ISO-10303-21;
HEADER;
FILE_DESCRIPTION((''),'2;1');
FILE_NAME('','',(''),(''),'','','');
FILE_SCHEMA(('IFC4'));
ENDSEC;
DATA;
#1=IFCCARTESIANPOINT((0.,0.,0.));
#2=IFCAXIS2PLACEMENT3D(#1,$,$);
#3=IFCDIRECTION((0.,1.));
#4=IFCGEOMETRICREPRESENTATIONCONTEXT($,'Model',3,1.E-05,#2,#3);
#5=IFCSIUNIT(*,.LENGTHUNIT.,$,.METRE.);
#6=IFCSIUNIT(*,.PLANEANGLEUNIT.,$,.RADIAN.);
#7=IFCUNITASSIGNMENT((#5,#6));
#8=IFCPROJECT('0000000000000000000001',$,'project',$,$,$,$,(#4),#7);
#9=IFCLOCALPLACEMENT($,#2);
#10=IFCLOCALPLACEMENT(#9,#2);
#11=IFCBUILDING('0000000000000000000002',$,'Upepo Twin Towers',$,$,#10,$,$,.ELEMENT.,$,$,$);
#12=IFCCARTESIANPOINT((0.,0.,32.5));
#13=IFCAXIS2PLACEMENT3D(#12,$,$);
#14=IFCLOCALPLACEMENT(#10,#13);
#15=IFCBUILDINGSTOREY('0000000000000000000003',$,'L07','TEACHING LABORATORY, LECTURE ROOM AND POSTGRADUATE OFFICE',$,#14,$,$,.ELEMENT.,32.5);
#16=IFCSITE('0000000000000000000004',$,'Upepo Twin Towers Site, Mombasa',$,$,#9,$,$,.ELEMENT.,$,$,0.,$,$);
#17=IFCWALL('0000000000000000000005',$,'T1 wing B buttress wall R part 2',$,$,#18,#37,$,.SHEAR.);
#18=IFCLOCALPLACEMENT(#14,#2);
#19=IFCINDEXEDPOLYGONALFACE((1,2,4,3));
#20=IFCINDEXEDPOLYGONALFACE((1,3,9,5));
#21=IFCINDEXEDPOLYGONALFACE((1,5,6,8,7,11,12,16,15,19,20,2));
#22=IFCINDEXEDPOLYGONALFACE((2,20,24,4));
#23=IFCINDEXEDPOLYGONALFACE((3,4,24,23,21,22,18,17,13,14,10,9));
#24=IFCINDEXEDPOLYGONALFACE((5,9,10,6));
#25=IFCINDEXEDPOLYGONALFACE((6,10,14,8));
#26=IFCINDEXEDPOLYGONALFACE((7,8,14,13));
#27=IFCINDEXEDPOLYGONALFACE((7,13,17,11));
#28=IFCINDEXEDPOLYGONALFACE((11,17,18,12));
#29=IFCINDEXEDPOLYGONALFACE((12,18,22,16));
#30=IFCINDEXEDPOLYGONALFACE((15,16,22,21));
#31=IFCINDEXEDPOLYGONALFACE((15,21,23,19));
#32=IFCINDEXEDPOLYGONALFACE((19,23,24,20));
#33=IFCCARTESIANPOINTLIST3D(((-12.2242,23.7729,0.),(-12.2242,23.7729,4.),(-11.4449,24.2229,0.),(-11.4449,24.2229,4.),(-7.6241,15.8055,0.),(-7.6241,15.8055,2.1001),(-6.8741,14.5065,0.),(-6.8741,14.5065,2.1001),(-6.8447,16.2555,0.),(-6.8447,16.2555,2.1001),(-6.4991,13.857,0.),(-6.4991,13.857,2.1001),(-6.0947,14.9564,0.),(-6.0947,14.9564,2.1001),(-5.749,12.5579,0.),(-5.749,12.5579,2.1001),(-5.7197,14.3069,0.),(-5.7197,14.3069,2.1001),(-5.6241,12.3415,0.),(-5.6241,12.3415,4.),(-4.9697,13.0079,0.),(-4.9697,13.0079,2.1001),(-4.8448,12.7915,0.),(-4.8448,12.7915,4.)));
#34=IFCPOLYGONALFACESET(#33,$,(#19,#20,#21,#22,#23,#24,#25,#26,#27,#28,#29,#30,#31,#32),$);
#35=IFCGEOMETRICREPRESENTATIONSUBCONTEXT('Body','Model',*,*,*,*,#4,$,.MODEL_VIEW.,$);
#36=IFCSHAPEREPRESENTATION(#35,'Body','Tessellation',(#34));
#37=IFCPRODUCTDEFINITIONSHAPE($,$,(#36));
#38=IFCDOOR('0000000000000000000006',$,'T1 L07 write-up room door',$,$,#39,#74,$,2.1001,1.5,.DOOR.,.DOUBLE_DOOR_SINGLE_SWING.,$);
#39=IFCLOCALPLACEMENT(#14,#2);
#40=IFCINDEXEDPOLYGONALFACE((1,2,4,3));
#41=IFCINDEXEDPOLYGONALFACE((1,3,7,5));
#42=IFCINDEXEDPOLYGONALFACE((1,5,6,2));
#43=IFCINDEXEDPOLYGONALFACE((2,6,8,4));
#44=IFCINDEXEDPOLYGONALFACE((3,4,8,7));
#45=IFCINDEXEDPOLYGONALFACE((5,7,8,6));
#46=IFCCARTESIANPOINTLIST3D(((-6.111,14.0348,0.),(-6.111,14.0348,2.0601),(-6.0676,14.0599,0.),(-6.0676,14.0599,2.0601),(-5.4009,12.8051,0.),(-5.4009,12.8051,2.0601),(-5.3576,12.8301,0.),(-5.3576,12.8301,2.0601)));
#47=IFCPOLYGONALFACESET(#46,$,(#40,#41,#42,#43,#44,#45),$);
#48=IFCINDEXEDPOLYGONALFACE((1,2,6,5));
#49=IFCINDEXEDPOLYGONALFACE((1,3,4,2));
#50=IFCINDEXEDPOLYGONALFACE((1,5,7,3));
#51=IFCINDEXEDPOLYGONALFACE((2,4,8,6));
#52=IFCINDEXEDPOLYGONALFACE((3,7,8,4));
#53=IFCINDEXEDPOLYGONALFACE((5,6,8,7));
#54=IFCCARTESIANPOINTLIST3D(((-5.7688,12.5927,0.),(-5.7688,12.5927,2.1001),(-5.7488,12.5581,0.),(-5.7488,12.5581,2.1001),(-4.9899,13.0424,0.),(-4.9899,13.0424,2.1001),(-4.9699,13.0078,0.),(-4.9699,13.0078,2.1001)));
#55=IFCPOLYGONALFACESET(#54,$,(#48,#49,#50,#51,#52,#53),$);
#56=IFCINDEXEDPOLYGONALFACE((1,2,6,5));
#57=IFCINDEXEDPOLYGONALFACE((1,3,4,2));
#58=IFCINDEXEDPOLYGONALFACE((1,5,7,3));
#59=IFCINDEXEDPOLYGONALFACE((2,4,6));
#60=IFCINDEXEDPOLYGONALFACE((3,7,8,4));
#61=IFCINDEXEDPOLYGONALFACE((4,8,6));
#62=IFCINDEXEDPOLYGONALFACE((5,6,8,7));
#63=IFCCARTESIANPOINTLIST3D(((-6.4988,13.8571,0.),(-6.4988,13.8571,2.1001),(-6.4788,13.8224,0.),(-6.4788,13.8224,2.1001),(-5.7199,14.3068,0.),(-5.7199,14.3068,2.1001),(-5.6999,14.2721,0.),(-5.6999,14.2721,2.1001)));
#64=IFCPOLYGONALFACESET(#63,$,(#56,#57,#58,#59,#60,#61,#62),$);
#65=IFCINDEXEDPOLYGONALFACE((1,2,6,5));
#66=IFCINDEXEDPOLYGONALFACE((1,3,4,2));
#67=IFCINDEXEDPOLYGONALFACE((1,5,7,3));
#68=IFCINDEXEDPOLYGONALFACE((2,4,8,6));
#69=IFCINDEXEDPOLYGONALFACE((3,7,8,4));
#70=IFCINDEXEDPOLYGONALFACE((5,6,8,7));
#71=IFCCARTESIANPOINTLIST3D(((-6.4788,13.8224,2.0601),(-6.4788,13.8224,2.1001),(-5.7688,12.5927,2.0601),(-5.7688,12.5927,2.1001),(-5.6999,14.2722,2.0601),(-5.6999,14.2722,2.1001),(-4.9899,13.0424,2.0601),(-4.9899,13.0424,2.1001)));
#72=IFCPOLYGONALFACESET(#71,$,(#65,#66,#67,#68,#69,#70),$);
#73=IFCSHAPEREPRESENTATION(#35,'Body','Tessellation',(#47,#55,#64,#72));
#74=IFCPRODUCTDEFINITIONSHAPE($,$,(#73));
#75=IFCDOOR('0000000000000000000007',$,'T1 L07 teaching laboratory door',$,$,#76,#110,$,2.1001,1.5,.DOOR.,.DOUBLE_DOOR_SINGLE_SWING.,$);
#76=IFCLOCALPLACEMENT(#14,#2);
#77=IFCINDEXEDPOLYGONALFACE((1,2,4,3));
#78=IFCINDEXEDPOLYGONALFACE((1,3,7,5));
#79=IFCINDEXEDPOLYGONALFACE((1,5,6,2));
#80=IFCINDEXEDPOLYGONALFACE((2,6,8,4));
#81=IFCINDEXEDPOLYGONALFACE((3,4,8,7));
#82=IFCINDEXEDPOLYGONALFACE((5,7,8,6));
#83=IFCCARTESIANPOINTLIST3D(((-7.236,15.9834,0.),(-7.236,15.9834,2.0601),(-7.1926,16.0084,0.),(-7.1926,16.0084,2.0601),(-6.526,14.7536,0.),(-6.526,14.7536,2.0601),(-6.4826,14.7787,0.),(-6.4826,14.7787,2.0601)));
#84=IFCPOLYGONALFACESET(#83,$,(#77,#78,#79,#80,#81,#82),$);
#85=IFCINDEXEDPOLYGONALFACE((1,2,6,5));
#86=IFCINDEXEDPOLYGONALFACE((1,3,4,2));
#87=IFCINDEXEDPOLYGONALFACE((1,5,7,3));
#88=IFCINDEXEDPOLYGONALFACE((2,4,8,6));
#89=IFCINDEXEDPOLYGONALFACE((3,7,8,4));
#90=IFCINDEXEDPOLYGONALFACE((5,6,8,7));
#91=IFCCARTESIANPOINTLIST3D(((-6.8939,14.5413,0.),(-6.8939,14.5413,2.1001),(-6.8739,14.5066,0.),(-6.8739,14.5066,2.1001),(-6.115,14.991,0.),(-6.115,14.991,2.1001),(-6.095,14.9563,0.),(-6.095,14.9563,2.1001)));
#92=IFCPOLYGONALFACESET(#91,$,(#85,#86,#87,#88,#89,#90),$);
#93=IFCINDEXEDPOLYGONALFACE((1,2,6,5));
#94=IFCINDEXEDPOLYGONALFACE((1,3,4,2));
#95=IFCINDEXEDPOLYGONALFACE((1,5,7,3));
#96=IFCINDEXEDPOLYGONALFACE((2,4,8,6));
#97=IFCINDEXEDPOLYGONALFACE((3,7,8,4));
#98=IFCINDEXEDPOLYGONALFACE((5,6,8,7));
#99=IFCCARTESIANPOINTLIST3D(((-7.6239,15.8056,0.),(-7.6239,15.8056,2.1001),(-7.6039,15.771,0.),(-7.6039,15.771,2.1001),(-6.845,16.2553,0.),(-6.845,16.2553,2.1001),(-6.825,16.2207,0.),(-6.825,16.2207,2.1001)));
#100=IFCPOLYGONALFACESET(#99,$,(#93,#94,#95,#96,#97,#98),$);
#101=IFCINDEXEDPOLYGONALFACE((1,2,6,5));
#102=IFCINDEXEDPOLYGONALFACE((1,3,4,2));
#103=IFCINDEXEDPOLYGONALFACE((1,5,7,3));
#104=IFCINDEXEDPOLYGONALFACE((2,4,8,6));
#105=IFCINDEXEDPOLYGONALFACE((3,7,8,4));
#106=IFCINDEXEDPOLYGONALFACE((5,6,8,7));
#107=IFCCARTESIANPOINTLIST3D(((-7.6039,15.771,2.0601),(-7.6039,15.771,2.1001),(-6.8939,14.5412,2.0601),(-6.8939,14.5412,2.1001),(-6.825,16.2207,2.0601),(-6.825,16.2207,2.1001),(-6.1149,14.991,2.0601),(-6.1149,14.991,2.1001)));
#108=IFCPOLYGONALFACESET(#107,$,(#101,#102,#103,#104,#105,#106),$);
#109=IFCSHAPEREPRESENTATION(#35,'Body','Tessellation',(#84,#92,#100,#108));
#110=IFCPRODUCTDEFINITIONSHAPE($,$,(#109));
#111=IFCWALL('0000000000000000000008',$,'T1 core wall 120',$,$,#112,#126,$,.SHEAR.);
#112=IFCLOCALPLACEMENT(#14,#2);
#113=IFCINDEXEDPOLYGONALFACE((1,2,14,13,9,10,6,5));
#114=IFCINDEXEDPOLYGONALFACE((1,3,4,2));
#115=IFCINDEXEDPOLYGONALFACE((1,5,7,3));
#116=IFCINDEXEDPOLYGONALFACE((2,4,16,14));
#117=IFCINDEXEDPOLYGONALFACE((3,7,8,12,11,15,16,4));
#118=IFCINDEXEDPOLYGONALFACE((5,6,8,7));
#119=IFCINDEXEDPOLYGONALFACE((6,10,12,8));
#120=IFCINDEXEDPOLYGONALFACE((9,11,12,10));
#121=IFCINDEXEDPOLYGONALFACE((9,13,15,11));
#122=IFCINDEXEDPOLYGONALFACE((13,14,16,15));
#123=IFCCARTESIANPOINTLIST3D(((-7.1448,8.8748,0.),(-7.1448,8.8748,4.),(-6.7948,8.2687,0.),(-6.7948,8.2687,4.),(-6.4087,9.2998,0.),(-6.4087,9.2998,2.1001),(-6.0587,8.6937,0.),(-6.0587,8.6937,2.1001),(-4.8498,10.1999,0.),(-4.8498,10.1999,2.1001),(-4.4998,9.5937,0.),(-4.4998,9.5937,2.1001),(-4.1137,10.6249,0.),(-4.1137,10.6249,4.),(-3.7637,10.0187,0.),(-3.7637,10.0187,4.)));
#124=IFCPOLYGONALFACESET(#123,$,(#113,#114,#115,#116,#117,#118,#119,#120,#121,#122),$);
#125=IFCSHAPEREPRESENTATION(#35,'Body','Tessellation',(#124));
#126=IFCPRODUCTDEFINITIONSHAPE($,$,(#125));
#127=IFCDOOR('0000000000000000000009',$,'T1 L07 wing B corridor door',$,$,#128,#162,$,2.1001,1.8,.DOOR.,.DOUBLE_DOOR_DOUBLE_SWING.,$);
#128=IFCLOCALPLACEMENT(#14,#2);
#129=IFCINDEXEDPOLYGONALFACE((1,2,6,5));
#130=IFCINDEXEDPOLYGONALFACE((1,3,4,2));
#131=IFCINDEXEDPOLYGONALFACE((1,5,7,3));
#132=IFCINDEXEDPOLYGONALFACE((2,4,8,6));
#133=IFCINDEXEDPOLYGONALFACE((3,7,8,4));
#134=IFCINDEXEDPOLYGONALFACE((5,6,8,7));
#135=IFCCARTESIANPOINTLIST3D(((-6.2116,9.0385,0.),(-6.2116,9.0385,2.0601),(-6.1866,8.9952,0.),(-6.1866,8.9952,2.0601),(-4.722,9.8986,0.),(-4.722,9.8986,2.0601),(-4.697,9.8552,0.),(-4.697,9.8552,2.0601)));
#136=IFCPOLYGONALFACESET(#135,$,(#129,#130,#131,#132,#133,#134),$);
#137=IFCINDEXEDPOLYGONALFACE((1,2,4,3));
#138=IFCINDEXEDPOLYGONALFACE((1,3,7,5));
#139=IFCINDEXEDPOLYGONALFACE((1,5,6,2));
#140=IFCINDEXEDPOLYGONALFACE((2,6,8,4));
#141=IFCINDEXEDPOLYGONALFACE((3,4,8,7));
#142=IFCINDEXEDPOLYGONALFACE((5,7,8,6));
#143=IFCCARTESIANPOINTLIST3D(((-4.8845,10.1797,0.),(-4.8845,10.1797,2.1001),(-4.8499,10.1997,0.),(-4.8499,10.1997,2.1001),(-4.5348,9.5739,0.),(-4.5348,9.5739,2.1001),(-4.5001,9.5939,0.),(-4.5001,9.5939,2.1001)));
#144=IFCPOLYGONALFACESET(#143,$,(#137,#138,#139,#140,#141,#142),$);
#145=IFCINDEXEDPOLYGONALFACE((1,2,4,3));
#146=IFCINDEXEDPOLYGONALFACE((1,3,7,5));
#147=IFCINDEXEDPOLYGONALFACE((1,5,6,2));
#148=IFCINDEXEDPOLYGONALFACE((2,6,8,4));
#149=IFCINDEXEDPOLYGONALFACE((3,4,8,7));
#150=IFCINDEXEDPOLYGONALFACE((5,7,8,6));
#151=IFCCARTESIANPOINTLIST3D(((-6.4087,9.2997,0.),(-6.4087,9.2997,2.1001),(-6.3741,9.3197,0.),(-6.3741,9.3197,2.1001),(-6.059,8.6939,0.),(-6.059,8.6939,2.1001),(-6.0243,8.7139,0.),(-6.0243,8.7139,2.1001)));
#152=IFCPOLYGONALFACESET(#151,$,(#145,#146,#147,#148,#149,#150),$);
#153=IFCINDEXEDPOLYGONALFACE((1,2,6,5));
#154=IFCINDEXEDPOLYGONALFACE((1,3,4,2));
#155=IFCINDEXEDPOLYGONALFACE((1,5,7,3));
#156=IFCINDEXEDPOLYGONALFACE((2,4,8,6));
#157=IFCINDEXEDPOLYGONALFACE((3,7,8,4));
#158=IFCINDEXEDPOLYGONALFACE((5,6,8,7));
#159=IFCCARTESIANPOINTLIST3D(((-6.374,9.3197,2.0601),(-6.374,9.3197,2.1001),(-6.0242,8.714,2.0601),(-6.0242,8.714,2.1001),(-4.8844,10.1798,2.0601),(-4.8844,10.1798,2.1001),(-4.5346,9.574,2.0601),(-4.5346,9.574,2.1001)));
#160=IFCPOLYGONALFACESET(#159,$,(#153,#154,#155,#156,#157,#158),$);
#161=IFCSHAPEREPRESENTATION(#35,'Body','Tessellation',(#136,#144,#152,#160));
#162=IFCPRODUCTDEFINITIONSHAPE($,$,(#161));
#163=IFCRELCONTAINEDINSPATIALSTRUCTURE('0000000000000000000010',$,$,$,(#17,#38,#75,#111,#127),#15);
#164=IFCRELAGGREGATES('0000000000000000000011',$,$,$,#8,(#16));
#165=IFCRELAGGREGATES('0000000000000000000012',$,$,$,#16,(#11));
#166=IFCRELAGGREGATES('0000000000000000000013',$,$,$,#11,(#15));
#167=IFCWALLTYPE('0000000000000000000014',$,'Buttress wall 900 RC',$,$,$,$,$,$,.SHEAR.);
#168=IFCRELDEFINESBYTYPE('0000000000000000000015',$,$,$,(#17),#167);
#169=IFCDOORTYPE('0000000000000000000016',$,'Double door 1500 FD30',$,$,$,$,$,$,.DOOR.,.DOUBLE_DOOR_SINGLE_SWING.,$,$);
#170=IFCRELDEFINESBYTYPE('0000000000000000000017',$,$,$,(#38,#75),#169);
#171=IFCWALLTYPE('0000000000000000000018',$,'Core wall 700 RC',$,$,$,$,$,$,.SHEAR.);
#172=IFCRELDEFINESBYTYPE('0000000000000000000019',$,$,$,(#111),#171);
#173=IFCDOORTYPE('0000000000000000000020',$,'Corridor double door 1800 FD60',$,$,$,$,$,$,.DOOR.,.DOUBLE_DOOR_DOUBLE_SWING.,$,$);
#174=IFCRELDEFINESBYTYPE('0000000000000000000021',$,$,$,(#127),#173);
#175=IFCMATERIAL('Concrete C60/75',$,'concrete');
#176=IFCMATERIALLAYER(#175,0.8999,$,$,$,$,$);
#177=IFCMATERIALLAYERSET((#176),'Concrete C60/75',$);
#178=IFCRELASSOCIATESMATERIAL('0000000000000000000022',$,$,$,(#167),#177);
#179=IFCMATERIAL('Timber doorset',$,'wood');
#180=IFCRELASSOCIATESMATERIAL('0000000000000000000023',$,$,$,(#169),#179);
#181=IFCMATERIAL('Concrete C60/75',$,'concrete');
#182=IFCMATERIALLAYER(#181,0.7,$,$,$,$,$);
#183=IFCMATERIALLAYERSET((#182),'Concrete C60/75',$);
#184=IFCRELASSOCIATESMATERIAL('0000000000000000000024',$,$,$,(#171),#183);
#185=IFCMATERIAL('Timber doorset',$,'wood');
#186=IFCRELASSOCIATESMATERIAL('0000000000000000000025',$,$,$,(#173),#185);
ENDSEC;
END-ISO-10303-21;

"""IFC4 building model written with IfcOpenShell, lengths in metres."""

from ifc_helpers import new_model, si_unit, direction, frame, frame_2d, origin, place, context, subcontext, project, spatial, rectangle, extrude, material, layer, layer_set, type_object, element, fill, save


model = new_model("IFC4")

# Units and contexts
model_context = context("Model", 3, precision=1e-05, world=origin(), true_north=direction((0.0, 1.0)))
body_context = subcontext(model_context, "Body", "Model", "MODEL_VIEW")
ifc_project = project(units=[si_unit("LENGTHUNIT", "METRE"), si_unit("PLANEANGLEUNIT", "RADIAN")], contexts=[model_context])

# Site, building, storey
site_placement = place(None, origin())
site = spatial("IfcSite", under=ifc_project, at=site_placement, Name="Upepo Twin Towers Site, Mombasa", CompositionType="ELEMENT", RefElevation=0.0)
building_placement = place(site_placement, origin())
building = spatial("IfcBuilding", under=site, at=building_placement, Name="Upepo Twin Towers", CompositionType="ELEMENT")
storey_placement = place(building_placement, frame((0.0, 0.0, 32.5)))
storey = spatial("IfcBuildingStorey", under=building, at=storey_placement, Name="L07", Description="TEACHING LABORATORY, LECTURE ROOM AND POSTGRADUATE OFFICE", CompositionType="ELEMENT", Elevation=32.5)

# Wall, openings, doors
ifc_material_1 = material(Name="Concrete C60/75", Category="concrete")
ifc_layer_1 = layer(ifc_material_1, 0.8999)
ifc_layer_set_1 = layer_set([ifc_layer_1], Name="Concrete C60/75")
wall_type_1 = type_object("IfcWallType", Name="Buttress wall 900 RC", PredefinedType="SHEAR", material=ifc_layer_set_1)
ifc_material_2 = material(Name="Timber doorset", Category="wood")
door_type_1 = type_object("IfcDoorType", Name="Double door 1500 FD30", OperationType="DOUBLE_DOOR_SINGLE_SWING", PredefinedType="DOOR", material=ifc_material_2)
wall_1_placement = place(storey_placement, frame((-5.2344, 12.5664, 0.0), z_axis=(0.0, 0.0, 1.0), x_axis=(-0.50001, 0.86602, 0.0)))
wall_1 = element("IfcWall", 1, at=wall_1_placement, inside=storey, type_object=wall_type_1, Name="T1 wing B buttress wall R part 2", PredefinedType="SHEAR", context=body_context, shape_type="SweptSolid", body=[
    extrude(rectangle(XDim=13.2, YDim=0.8999, at=frame_2d((6.6001, 0.0))), origin(), (0.0, 0.0, 1.0), 4.0),
])
opening_1_placement = place(wall_1_placement, frame((0.25, 0.0, 0.0)))
opening_1 = element("IfcOpeningElement", 2, at=opening_1_placement, cuts=wall_1, PredefinedType="OPENING", context=body_context, shape_type="SweptSolid", body=[
    extrude(rectangle(XDim=1.5, YDim=2.1001, at=frame_2d((0.75, 1.05))), frame((0.0, 0.46, 0.0), z_axis=(0.0, -1.0, 0.0), x_axis=(1.0, 0.0, 0.0)), (0.0, 0.0, 1.0), 0.9199),
])
opening_2_placement = place(wall_1_placement, frame((2.5, 0.0, 0.0)))
opening_2 = element("IfcOpeningElement", 3, at=opening_2_placement, cuts=wall_1, PredefinedType="OPENING", context=body_context, shape_type="SweptSolid", body=[
    extrude(rectangle(XDim=1.5, YDim=2.1001, at=frame_2d((0.75, 1.05))), frame((0.0, 0.46, 0.0), z_axis=(0.0, -1.0, 0.0), x_axis=(1.0, 0.0, 0.0)), (0.0, 0.0, 1.0), 0.9199),
])
door_1_placement = place(opening_1_placement, origin())
door_1 = element("IfcDoor", 4, at=door_1_placement, inside=storey, type_object=door_type_1, Name="T1 L07 write-up room door", OperationType="DOUBLE_DOOR_SINGLE_SWING", OverallHeight=2.1001, OverallWidth=1.5, PredefinedType="DOOR", context=body_context, shape_type="SweptSolid", body=[
    extrude(rectangle(XDim=1.42, YDim=2.0601, at=frame_2d((0.75, 1.03))), frame((0.0, 0.0249, 0.0), z_axis=(0.0, -1.0, 0.0), x_axis=(1.0, 0.0, 0.0)), (0.0, 0.0, 1.0), 0.05),
    extrude(rectangle(XDim=0.04, YDim=2.1001, at=frame_2d((0.02, 1.05))), frame((0.0, 0.4497, 0.0), z_axis=(0.0, -1.0, 0.0), x_axis=(1.0, 0.0, 0.0)), (0.0, 0.0, 1.0), 0.8994),
    extrude(rectangle(XDim=0.04, YDim=2.1001, at=frame_2d((1.48, 1.05))), frame((0.0, 0.4497, 0.0), z_axis=(0.0, -1.0, 0.0), x_axis=(1.0, 0.0, 0.0)), (0.0, 0.0, 1.0), 0.8994),
    extrude(rectangle(XDim=1.42, YDim=0.04, at=frame_2d((0.75, 2.0801))), frame((0.0, 0.4497, 0.0), z_axis=(0.0, -1.0, 0.0), x_axis=(1.0, 0.0, 0.0)), (0.0, 0.0, 1.0), 0.8994),
])
fill(opening_1, door_1)
door_2_placement = place(opening_2_placement, origin())
door_2 = element("IfcDoor", 5, at=door_2_placement, inside=storey, type_object=door_type_1, Name="T1 L07 teaching laboratory door", OperationType="DOUBLE_DOOR_SINGLE_SWING", OverallHeight=2.1001, OverallWidth=1.5, PredefinedType="DOOR", context=body_context, shape_type="SweptSolid", body=[
    extrude(rectangle(XDim=1.42, YDim=2.0601, at=frame_2d((0.75, 1.03))), frame((0.0, 0.0249, 0.0), z_axis=(0.0, -1.0, 0.0), x_axis=(1.0, 0.0, 0.0)), (0.0, 0.0, 1.0), 0.05),
    extrude(rectangle(XDim=0.04, YDim=2.1001, at=frame_2d((0.02, 1.05))), frame((0.0, 0.4497, 0.0), z_axis=(0.0, -1.0, 0.0), x_axis=(1.0, 0.0, 0.0)), (0.0, 0.0, 1.0), 0.8994),
    extrude(rectangle(XDim=0.04, YDim=2.1001, at=frame_2d((1.48, 1.05))), frame((0.0, 0.4497, 0.0), z_axis=(0.0, -1.0, 0.0), x_axis=(1.0, 0.0, 0.0)), (0.0, 0.0, 1.0), 0.8994),
    extrude(rectangle(XDim=1.42, YDim=0.04, at=frame_2d((0.75, 2.0801))), frame((0.0, 0.4497, 0.0), z_axis=(0.0, -1.0, 0.0), x_axis=(1.0, 0.0, 0.0)), (0.0, 0.0, 1.0), 0.8994),
])
fill(opening_2, door_2)

# Wall, opening, door
ifc_material_3 = material(Name="Concrete C60/75", Category="concrete")
ifc_layer_2 = layer(ifc_material_3, 0.7)
ifc_layer_set_2 = layer_set([ifc_layer_2], Name="Concrete C60/75")
wall_type_2 = type_object("IfcWallType", Name="Core wall 700 RC", PredefinedType="SHEAR", material=ifc_layer_set_2)
wall_2_placement = place(storey_placement, frame((-3.9387, 10.3218, 0.0), z_axis=(0.0, 0.0, 1.0), x_axis=(-0.866019, -0.50001, 0.0)))
wall_2 = element("IfcWall", 6, at=wall_2_placement, inside=storey, type_object=wall_type_2, Name="T1 core wall 120", PredefinedType="SHEAR", context=body_context, shape_type="SweptSolid", body=[
    extrude(rectangle(XDim=3.5, YDim=0.7, at=frame_2d((1.75, 0.0))), origin(), (0.0, 0.0, 1.0), 4.0),
])
opening_3_placement = place(wall_2_placement, frame((0.8501, 0.0, 0.0)))
opening_3 = element("IfcOpeningElement", 7, at=opening_3_placement, cuts=wall_2, PredefinedType="OPENING", context=body_context, shape_type="SweptSolid", body=[
    extrude(rectangle(XDim=1.8, YDim=2.1001, at=frame_2d((0.8999, 1.05))), frame((0.0, 0.3599, 0.0), z_axis=(0.0, -1.0, 0.0), x_axis=(1.0, 0.0, 0.0)), (0.0, 0.0, 1.0), 0.72),
])
ifc_material_4 = material(Name="Timber doorset", Category="wood")
door_type_2 = type_object("IfcDoorType", Name="Corridor double door 1800 FD60", OperationType="DOUBLE_DOOR_DOUBLE_SWING", PredefinedType="DOOR", material=ifc_material_4)
door_3_placement = place(opening_3_placement, origin())
door_3 = element("IfcDoor", 8, at=door_3_placement, inside=storey, type_object=door_type_2, Name="T1 L07 wing B corridor door", OperationType="DOUBLE_DOOR_DOUBLE_SWING", OverallHeight=2.1001, OverallWidth=1.8, PredefinedType="DOOR", context=body_context, shape_type="SweptSolid", body=[
    extrude(rectangle(XDim=1.72, YDim=2.0601, at=frame_2d((0.8999, 1.03))), frame((0.0, 0.0249, 0.0), z_axis=(0.0, -1.0, 0.0), x_axis=(1.0, 0.0, 0.0)), (0.0, 0.0, 1.0), 0.05),
    extrude(rectangle(XDim=0.04, YDim=2.1001, at=frame_2d((0.02, 1.05))), frame((0.0, 0.3496, 0.0), z_axis=(0.0, -1.0, 0.0), x_axis=(1.0, 0.0, 0.0)), (0.0, 0.0, 1.0), 0.6995),
    extrude(rectangle(XDim=0.04, YDim=2.1001, at=frame_2d((1.78, 1.05))), frame((0.0, 0.3496, 0.0), z_axis=(0.0, -1.0, 0.0), x_axis=(1.0, 0.0, 0.0)), (0.0, 0.0, 1.0), 0.6995),
    extrude(rectangle(XDim=1.72, YDim=0.04, at=frame_2d((0.8999, 2.0801))), frame((0.0, 0.3496, 0.0), z_axis=(0.0, -1.0, 0.0), x_axis=(1.0, 0.0, 0.0)), (0.0, 0.0, 1.0), 0.6995),
])
fill(opening_3, door_3)

save(model, "model.ifc")
